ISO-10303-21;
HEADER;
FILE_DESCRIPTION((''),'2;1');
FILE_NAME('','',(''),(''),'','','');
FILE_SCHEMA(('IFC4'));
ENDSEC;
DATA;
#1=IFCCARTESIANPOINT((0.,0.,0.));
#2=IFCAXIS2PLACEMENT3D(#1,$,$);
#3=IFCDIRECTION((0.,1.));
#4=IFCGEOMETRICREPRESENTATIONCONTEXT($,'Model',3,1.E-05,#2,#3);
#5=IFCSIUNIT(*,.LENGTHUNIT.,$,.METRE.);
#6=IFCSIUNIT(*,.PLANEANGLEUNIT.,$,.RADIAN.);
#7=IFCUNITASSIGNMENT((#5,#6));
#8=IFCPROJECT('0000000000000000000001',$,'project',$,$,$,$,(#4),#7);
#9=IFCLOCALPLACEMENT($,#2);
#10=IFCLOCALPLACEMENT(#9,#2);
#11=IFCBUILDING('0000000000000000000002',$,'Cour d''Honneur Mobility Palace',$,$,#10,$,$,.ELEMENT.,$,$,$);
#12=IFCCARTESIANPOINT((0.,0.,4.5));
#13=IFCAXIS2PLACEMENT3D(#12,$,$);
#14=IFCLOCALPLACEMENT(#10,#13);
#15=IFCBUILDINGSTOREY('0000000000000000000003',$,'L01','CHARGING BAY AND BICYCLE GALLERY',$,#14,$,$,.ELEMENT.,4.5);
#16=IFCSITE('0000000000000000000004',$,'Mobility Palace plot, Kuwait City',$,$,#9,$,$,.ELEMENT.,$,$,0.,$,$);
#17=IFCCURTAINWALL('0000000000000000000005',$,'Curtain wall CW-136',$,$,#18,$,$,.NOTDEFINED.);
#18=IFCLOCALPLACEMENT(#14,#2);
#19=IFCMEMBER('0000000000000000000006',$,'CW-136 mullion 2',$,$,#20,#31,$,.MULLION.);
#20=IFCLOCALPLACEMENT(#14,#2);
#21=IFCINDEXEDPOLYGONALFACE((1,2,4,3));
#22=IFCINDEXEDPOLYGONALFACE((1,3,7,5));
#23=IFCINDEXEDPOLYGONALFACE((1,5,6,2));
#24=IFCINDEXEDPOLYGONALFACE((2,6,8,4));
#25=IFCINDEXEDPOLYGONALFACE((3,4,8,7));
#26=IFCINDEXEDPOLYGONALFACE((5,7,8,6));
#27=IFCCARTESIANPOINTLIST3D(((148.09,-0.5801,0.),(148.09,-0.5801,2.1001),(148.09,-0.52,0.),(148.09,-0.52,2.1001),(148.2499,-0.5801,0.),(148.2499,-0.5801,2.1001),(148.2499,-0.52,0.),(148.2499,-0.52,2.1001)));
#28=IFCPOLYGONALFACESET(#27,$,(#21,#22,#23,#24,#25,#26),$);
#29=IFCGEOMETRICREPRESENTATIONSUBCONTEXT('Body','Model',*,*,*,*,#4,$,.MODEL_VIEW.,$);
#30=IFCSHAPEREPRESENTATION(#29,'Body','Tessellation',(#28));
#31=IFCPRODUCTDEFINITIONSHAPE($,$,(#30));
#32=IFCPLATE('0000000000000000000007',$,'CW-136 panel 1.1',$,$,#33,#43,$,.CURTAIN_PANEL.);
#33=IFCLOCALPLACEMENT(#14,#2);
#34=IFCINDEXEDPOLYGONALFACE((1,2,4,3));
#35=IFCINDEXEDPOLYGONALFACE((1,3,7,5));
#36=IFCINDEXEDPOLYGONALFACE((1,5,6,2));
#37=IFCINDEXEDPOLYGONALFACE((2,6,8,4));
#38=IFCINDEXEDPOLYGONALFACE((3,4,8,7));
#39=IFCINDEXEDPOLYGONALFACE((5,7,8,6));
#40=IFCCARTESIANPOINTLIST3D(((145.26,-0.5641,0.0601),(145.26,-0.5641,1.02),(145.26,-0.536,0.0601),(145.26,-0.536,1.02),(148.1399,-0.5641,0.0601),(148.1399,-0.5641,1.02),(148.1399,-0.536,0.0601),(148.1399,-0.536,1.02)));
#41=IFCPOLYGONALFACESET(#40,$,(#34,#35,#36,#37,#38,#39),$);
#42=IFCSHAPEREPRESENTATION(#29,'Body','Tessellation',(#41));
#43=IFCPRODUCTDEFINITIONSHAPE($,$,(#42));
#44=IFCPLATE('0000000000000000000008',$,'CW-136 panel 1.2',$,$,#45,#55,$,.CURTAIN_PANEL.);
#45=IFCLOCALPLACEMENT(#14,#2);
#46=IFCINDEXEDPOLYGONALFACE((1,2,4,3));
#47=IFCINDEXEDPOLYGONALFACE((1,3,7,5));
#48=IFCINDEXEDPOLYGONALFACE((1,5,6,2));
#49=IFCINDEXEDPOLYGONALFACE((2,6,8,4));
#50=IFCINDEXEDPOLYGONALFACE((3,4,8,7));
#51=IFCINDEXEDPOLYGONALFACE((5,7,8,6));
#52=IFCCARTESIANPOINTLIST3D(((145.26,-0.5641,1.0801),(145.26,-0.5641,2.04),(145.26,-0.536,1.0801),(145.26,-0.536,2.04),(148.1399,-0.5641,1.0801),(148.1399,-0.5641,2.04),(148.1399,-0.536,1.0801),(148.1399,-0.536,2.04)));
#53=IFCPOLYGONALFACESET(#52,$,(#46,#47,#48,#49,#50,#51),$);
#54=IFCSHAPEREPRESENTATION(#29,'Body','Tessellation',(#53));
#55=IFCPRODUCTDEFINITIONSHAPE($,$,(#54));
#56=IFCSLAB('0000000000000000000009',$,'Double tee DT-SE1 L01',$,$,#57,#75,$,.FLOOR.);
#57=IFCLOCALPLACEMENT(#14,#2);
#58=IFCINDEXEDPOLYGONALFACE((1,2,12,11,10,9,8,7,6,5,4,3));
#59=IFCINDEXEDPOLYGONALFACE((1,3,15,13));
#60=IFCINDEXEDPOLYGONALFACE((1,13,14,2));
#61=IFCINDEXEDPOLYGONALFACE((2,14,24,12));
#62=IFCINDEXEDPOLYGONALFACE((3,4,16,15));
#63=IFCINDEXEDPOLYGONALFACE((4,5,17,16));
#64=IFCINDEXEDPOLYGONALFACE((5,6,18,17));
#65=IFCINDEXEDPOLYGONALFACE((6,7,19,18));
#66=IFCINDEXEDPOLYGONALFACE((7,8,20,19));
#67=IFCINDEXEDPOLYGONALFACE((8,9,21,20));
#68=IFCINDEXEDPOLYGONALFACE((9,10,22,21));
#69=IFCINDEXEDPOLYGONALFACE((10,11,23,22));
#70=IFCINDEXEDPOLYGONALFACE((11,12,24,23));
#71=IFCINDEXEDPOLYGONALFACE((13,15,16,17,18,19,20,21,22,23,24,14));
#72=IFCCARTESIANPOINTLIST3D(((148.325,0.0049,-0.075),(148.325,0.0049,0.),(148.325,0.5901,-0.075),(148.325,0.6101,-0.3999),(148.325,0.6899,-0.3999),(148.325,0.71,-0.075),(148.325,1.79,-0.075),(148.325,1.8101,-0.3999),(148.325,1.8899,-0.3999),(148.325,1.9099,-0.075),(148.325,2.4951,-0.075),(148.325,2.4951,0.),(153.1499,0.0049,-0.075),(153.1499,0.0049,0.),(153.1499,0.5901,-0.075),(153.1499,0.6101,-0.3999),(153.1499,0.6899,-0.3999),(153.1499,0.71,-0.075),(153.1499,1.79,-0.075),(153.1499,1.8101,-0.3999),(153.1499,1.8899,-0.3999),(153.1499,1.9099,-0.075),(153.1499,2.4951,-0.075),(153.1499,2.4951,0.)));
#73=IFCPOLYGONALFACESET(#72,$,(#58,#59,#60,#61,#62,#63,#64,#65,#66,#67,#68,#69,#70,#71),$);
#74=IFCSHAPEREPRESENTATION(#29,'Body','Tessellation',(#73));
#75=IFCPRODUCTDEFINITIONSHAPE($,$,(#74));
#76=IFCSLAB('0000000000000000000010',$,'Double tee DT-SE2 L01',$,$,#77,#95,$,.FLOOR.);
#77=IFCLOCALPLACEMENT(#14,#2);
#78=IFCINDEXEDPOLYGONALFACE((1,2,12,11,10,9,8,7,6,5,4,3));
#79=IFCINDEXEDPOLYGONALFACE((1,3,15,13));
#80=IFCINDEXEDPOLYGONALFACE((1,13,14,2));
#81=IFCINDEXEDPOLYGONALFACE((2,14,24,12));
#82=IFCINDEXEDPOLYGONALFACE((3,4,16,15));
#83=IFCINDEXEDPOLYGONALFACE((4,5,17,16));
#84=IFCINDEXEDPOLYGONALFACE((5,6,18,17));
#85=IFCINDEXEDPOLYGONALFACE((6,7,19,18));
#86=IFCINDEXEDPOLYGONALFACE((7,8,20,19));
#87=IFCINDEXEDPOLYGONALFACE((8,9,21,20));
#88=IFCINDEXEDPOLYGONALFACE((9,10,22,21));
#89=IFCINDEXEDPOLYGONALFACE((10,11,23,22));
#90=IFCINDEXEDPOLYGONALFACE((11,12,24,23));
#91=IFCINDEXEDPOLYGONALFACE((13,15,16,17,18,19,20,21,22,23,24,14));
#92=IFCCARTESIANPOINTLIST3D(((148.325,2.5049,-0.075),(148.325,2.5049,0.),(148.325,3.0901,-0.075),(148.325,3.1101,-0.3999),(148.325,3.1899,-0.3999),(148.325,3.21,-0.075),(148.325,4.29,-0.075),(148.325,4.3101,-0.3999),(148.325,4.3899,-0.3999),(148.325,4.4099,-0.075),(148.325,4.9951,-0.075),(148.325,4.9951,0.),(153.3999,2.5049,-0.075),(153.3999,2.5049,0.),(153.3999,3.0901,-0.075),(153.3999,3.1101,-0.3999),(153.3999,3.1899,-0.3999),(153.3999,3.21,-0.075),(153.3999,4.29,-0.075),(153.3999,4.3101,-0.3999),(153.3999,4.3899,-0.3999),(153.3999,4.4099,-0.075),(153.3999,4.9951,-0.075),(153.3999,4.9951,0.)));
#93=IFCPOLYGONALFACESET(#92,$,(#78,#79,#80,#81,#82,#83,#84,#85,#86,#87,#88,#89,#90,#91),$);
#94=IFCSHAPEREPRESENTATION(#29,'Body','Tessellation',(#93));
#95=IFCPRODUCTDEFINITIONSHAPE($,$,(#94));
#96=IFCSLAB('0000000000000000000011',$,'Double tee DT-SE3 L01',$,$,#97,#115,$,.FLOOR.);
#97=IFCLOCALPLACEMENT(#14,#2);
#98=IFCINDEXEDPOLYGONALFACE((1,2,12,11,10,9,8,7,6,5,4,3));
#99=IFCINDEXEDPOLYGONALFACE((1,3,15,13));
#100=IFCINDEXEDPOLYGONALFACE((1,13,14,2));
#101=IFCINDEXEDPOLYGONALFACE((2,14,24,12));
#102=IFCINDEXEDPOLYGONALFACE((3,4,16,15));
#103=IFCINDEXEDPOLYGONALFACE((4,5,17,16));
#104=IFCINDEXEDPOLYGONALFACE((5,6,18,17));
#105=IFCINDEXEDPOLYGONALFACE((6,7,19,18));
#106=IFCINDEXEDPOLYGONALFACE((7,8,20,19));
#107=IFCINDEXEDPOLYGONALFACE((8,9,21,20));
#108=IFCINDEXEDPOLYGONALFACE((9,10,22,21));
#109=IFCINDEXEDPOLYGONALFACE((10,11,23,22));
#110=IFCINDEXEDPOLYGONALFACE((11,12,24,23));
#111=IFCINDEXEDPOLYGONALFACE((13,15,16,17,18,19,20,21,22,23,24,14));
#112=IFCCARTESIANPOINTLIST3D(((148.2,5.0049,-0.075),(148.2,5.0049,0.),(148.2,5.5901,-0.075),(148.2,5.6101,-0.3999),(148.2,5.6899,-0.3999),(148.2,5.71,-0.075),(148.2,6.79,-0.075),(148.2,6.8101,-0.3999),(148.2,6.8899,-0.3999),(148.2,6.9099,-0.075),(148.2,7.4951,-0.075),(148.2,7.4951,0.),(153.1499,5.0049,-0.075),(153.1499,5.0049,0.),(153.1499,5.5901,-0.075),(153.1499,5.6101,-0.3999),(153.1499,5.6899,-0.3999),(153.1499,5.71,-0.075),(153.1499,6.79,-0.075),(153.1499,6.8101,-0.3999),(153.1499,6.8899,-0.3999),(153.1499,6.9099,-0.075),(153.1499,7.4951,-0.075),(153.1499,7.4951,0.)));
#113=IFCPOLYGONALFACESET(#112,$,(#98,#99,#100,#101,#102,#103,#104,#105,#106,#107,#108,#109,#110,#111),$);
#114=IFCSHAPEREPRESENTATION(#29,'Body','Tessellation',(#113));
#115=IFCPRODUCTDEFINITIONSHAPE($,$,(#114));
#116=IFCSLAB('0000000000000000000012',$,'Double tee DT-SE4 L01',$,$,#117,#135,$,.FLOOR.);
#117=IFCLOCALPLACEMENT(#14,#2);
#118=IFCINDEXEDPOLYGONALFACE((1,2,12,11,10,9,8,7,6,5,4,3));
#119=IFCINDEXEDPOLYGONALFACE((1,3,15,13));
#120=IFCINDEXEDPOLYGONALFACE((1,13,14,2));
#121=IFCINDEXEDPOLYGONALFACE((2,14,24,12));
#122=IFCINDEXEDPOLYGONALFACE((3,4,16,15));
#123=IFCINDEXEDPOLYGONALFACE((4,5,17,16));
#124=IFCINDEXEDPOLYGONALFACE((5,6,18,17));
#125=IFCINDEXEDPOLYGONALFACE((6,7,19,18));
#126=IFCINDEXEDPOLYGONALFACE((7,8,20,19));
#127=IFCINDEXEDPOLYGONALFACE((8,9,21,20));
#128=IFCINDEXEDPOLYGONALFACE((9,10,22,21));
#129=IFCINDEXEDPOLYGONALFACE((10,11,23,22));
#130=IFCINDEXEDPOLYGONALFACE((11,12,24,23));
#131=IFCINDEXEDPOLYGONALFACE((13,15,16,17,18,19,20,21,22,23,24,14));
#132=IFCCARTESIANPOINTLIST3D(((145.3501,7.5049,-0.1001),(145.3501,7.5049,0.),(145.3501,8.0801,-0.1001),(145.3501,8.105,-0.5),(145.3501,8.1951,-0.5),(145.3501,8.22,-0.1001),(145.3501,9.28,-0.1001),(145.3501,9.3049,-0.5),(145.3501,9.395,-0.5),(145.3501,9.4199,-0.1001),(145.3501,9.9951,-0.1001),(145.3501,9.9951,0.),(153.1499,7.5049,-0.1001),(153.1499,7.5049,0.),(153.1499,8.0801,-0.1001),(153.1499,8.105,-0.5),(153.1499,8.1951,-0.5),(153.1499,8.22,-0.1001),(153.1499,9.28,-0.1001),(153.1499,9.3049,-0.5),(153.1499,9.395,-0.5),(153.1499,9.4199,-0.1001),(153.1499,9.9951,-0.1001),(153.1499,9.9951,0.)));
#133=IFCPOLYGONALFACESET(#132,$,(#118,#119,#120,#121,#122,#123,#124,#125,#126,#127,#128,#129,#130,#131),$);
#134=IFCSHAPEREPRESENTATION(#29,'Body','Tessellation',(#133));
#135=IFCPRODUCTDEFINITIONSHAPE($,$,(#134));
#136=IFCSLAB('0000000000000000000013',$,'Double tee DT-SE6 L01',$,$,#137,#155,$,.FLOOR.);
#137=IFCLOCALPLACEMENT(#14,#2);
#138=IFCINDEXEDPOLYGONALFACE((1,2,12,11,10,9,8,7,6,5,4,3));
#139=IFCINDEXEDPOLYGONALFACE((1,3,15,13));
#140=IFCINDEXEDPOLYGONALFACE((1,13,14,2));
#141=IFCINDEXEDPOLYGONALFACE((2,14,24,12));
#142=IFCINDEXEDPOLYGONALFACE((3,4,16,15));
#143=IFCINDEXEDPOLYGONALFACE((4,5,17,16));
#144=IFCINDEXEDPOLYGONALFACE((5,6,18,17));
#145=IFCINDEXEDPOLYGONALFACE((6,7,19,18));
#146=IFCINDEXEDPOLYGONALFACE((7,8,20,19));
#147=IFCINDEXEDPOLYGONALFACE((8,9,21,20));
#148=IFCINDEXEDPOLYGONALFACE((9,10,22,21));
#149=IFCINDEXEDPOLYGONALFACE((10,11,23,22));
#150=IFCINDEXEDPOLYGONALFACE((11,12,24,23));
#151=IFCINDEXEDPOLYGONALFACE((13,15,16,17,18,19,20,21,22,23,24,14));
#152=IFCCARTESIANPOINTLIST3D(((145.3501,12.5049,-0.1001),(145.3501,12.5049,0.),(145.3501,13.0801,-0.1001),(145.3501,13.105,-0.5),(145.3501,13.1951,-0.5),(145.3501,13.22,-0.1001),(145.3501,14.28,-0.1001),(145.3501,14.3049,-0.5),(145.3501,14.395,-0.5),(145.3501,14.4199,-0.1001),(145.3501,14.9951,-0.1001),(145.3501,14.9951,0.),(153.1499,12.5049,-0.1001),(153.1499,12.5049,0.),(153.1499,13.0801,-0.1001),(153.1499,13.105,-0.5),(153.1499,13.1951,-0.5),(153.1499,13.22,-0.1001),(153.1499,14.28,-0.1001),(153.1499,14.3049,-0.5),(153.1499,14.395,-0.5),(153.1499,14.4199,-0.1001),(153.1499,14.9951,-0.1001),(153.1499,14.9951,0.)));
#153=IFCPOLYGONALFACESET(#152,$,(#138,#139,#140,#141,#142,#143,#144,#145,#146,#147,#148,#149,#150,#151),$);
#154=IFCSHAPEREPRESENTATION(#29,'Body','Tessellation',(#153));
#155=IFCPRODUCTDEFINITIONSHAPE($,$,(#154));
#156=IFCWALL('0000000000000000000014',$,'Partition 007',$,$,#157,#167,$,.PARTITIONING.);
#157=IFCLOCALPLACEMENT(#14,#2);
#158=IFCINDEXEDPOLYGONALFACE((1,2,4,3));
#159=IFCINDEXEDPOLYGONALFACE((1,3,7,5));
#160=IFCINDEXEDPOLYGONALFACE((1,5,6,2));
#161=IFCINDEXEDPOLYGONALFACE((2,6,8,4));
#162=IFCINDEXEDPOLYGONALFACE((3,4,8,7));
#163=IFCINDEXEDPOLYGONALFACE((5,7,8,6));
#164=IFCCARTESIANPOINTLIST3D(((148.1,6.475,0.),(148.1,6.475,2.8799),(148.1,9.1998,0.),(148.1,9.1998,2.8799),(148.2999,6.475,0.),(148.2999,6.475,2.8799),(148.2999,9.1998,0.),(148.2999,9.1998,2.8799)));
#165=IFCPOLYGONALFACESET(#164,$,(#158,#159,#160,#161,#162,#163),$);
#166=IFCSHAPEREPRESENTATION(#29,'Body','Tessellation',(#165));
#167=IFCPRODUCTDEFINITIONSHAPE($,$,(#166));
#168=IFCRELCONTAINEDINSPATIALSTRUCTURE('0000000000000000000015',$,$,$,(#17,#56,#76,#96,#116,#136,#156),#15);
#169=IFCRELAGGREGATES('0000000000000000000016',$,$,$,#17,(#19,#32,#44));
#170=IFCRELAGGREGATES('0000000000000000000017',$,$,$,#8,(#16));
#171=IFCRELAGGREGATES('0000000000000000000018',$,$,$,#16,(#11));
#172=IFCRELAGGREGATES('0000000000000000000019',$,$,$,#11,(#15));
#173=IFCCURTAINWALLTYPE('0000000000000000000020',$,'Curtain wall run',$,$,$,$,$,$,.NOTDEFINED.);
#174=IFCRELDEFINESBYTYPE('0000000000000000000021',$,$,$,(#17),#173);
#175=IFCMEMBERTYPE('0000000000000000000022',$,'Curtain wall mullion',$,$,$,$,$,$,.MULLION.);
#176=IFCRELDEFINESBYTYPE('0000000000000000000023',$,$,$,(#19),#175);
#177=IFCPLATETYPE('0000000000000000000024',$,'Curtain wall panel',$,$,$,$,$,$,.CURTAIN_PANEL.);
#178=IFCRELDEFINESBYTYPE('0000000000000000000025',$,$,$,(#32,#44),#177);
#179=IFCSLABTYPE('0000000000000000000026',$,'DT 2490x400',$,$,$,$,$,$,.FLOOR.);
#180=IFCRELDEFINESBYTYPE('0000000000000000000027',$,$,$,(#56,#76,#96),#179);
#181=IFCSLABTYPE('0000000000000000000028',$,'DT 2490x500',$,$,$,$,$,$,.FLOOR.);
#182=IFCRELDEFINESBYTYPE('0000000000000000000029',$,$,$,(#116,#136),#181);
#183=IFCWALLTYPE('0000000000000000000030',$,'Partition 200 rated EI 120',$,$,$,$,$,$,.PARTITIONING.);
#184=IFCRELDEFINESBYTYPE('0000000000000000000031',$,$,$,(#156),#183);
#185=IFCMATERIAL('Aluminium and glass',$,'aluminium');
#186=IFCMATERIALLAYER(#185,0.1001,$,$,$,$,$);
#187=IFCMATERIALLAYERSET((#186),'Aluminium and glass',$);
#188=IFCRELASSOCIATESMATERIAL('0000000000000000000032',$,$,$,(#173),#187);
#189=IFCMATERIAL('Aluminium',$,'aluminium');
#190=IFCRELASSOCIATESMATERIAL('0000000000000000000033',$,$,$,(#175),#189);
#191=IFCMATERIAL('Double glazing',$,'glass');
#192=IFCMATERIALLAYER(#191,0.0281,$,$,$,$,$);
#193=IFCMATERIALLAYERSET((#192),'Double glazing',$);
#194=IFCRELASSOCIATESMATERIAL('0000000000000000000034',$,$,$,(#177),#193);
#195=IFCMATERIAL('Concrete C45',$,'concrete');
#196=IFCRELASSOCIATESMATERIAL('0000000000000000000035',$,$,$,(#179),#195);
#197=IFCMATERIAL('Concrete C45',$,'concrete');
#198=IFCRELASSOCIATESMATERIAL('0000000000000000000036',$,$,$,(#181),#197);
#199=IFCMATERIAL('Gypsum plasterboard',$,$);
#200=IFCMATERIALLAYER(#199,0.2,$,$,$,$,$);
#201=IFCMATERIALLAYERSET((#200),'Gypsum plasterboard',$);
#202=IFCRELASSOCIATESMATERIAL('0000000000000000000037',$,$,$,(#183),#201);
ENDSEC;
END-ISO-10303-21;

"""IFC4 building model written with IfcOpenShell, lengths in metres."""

from ifc_helpers import new_model, si_unit, direction, frame, frame_2d, origin, origin_2d, place, context, subcontext, project, spatial, polyline, rectangle, outline, extrude, material, layer, layer_set, material_profile, profile_set, type_object, element, aggregate, save


model = new_model("IFC4")

# Units and contexts
model_context = context("Model", 3, precision=1e-05, world=origin(), true_north=direction((0.0, 1.0)))
body_context = subcontext(model_context, "Body", "Model", "MODEL_VIEW")
ifc_project = project(units=[si_unit("LENGTHUNIT", "METRE"), si_unit("PLANEANGLEUNIT", "RADIAN")], contexts=[model_context])

# Site, building, storey
site_placement = place(None, origin())
site = spatial("IfcSite", under=ifc_project, at=site_placement, Name="Mobility Palace plot, Kuwait City", CompositionType="ELEMENT", RefElevation=0.0)
building_placement = place(site_placement, origin())
building = spatial("IfcBuilding", under=site, at=building_placement, Name="Cour d'Honneur Mobility Palace", CompositionType="ELEMENT")
storey_placement = place(building_placement, frame((0.0, 0.0, 4.5)))
storey = spatial("IfcBuildingStorey", under=building, at=storey_placement, Name="L01", Description="CHARGING BAY AND BICYCLE GALLERY", CompositionType="ELEMENT", Elevation=4.5)

# Curtain wall, member, plates
ifc_material_1 = material(Name="Aluminium and glass", Category="aluminium")
ifc_layer_1 = layer(ifc_material_1, 0.1001)
ifc_layer_set_1 = layer_set([ifc_layer_1], Name="Aluminium and glass")
curtain_wall_type = type_object("IfcCurtainWallType", Name="Curtain wall run", PredefinedType="NOTDEFINED", material=ifc_layer_set_1)
curtain_wall_placement = place(storey_placement, origin())
curtain_wall = element("IfcCurtainWall", 1, at=curtain_wall_placement, inside=storey, type_object=curtain_wall_type, Name="Curtain wall CW-136", PredefinedType="NOTDEFINED")
ifc_material_2 = material(Name="Aluminium", Category="aluminium")
ifc_material_profile_1 = material_profile(ifc_material_2, rectangle(XDim=0.0601, YDim=0.1599, at=origin_2d()), Name="Curtain wall mullion")
ifc_profile_set_1 = profile_set([ifc_material_profile_1], Name="Aluminium")
member_type = type_object("IfcMemberType", Name="Curtain wall mullion", PredefinedType="MULLION", material=ifc_profile_set_1)
member_placement = place(storey_placement, frame((148.1699, -0.55, 0.0), z_axis=(0.0, 0.0, 1.0), x_axis=(0.0, 1.0, 0.0)))
member = element("IfcMember", 2, at=member_placement, type_object=member_type, Name="CW-136 mullion 2", PredefinedType="MULLION", context=body_context, shape_type="SweptSolid", body=[
    extrude(rectangle(XDim=0.0601, YDim=0.1599, at=origin_2d()), origin(), (0.0, 0.0, 1.0), 2.1001),
])
ifc_material_3 = material(Name="Double glazing", Category="glass")
ifc_layer_2 = layer(ifc_material_3, 0.0281)
ifc_layer_set_2 = layer_set([ifc_layer_2], Name="Double glazing")
plate_type = type_object("IfcPlateType", Name="Curtain wall panel", PredefinedType="CURTAIN_PANEL", material=ifc_layer_set_2)
plate_1_placement = place(storey_placement, frame((146.7, -0.55, 0.0601), z_axis=(0.0, 0.0, 1.0), x_axis=(1.0, 0.0, 0.0)))
plate_1 = element("IfcPlate", 3, at=plate_1_placement, type_object=plate_type, Name="CW-136 panel 1.1", PredefinedType="CURTAIN_PANEL", context=body_context, shape_type="SweptSolid", body=[
    extrude(rectangle(XDim=2.8799, YDim=0.0281, at=origin_2d()), origin(), (0.0, 0.0, 1.0), 0.96),
])
plate_2_placement = place(storey_placement, frame((146.7, -0.55, 1.0801), z_axis=(0.0, 0.0, 1.0), x_axis=(1.0, 0.0, 0.0)))
plate_2 = element("IfcPlate", 4, at=plate_2_placement, type_object=plate_type, Name="CW-136 panel 1.2", PredefinedType="CURTAIN_PANEL", context=body_context, shape_type="SweptSolid", body=[
    extrude(rectangle(XDim=2.8799, YDim=0.0281, at=origin_2d()), origin(), (0.0, 0.0, 1.0), 0.96),
])
aggregate(curtain_wall, [member, plate_1, plate_2])

# Slabs
ifc_material_4 = material(Name="Concrete C45", Category="concrete")
ifc_material_profile_2 = material_profile(ifc_material_4, outline(polyline([(-1.2451, 0.0), (1.2451, 0.0), (1.2451, -0.075), (0.6599, -0.075), (0.6399, -0.3999), (0.5601, -0.3999), (0.54, -0.075), (-0.54, -0.075), (-0.5601, -0.3999), (-0.6399, -0.3999), (-0.6599, -0.075), (-1.2451, -0.075), (-1.2451, 0.0)])), Name="DT 2490x400")
ifc_profile_set_2 = profile_set([ifc_material_profile_2], Name="Concrete C45")
slab_type_1 = type_object("IfcSlabType", Name="DT 2490x400", PredefinedType="FLOOR", material=ifc_profile_set_2)
slab_1_placement = place(storey_placement, frame((148.325, 1.25, 0.0), z_axis=(1.0, 0.0, 0.0), x_axis=(0.0, 1.0, 0.0)))
element("IfcSlab", 5, at=slab_1_placement, inside=storey, type_object=slab_type_1, Name="Double tee DT-SE1 L01", PredefinedType="FLOOR", context=body_context, shape_type="SweptSolid", body=[
    extrude(outline(polyline([(-1.2451, 0.0), (1.2451, 0.0), (1.2451, -0.075), (0.6599, -0.075), (0.6399, -0.3999), (0.5601, -0.3999), (0.54, -0.075), (-0.54, -0.075), (-0.5601, -0.3999), (-0.6399, -0.3999), (-0.6599, -0.075), (-1.2451, -0.075), (-1.2451, 0.0)])), origin(), (0.0, 0.0, 1.0), 4.825),
])
slab_2_placement = place(storey_placement, frame((148.325, 3.75, 0.0), z_axis=(1.0, 0.0, 0.0), x_axis=(0.0, 1.0, 0.0)))
element("IfcSlab", 6, at=slab_2_placement, inside=storey, type_object=slab_type_1, Name="Double tee DT-SE2 L01", PredefinedType="FLOOR", context=body_context, shape_type="SweptSolid", body=[
    extrude(outline(polyline([(-1.2451, 0.0), (1.2451, 0.0), (1.2451, -0.075), (0.6599, -0.075), (0.6399, -0.3999), (0.5601, -0.3999), (0.54, -0.075), (-0.54, -0.075), (-0.5601, -0.3999), (-0.6399, -0.3999), (-0.6599, -0.075), (-1.2451, -0.075), (-1.2451, 0.0)])), origin(), (0.0, 0.0, 1.0), 5.075),
])
slab_3_placement = place(storey_placement, frame((148.2, 6.25, 0.0), z_axis=(1.0, 0.0, 0.0), x_axis=(0.0, 1.0, 0.0)))
element("IfcSlab", 7, at=slab_3_placement, inside=storey, type_object=slab_type_1, Name="Double tee DT-SE3 L01", PredefinedType="FLOOR", context=body_context, shape_type="SweptSolid", body=[
    extrude(outline(polyline([(-1.2451, 0.0), (1.2451, 0.0), (1.2451, -0.075), (0.6599, -0.075), (0.6399, -0.3999), (0.5601, -0.3999), (0.54, -0.075), (-0.54, -0.075), (-0.5601, -0.3999), (-0.6399, -0.3999), (-0.6599, -0.075), (-1.2451, -0.075), (-1.2451, 0.0)])), origin(), (0.0, 0.0, 1.0), 4.95),
])
ifc_material_5 = material(Name="Concrete C45", Category="concrete")
ifc_material_profile_3 = material_profile(ifc_material_5, outline(polyline([(-1.2451, 0.0), (1.2451, 0.0), (1.2451, -0.1001), (0.6699, -0.1001), (0.645, -0.5), (0.5549, -0.5), (0.53, -0.1001), (-0.53, -0.1001), (-0.5549, -0.5), (-0.645, -0.5), (-0.6699, -0.1001), (-1.2451, -0.1001), (-1.2451, 0.0)])), Name="DT 2490x500")
ifc_profile_set_3 = profile_set([ifc_material_profile_3], Name="Concrete C45")
slab_type_2 = type_object("IfcSlabType", Name="DT 2490x500", PredefinedType="FLOOR", material=ifc_profile_set_3)
for number, where, z_axis, x_axis, name in (
    (8, (145.3501, 8.75, 0.0), (1.0, 0.0, 0.0), (0.0, 1.0, 0.0), "Double tee DT-SE4 L01"),
    (9, (145.3501, 13.75, 0.0), (1.0, 0.0, 0.0), (0.0, 1.0, 0.0), "Double tee DT-SE6 L01"),
):
    element("IfcSlab", number, at=place(storey_placement, frame(where, z_axis=z_axis, x_axis=x_axis)), inside=storey, type_object=slab_type_2, Name=name, PredefinedType="FLOOR", context=body_context, shape_type="SweptSolid", body=[
        extrude(outline(polyline([(-1.2451, 0.0), (1.2451, 0.0), (1.2451, -0.1001), (0.6699, -0.1001), (0.645, -0.5), (0.5549, -0.5), (0.53, -0.1001), (-0.53, -0.1001), (-0.5549, -0.5), (-0.645, -0.5), (-0.6699, -0.1001), (-1.2451, -0.1001), (-1.2451, 0.0)])), origin(), (0.0, 0.0, 1.0), 7.7998),
    ])

# Wall
ifc_material_6 = material(Name="Gypsum plasterboard")
ifc_layer_3 = layer(ifc_material_6, 0.2)
ifc_layer_set_3 = layer_set([ifc_layer_3], Name="Gypsum plasterboard")
wall_type_1 = type_object("IfcWallType", Name="Partition 200 rated EI 120", PredefinedType="PARTITIONING", material=ifc_layer_set_3)
wall_1_placement = place(storey_placement, frame((148.2, 6.4751, 0.0), z_axis=(0.0, 0.0, 1.0), x_axis=(0.0, 1.0, 0.0)))
element("IfcWall", 10, at=wall_1_placement, inside=storey, type_object=wall_type_1, Name="Partition 007", PredefinedType="PARTITIONING", context=body_context, shape_type="SweptSolid", body=[
    extrude(rectangle(XDim=2.7249, YDim=0.2, at=frame_2d((1.3623, 0.0))), origin(), (0.0, 0.0, 1.0), 2.8799),
])

save(model, "model.ifc")
